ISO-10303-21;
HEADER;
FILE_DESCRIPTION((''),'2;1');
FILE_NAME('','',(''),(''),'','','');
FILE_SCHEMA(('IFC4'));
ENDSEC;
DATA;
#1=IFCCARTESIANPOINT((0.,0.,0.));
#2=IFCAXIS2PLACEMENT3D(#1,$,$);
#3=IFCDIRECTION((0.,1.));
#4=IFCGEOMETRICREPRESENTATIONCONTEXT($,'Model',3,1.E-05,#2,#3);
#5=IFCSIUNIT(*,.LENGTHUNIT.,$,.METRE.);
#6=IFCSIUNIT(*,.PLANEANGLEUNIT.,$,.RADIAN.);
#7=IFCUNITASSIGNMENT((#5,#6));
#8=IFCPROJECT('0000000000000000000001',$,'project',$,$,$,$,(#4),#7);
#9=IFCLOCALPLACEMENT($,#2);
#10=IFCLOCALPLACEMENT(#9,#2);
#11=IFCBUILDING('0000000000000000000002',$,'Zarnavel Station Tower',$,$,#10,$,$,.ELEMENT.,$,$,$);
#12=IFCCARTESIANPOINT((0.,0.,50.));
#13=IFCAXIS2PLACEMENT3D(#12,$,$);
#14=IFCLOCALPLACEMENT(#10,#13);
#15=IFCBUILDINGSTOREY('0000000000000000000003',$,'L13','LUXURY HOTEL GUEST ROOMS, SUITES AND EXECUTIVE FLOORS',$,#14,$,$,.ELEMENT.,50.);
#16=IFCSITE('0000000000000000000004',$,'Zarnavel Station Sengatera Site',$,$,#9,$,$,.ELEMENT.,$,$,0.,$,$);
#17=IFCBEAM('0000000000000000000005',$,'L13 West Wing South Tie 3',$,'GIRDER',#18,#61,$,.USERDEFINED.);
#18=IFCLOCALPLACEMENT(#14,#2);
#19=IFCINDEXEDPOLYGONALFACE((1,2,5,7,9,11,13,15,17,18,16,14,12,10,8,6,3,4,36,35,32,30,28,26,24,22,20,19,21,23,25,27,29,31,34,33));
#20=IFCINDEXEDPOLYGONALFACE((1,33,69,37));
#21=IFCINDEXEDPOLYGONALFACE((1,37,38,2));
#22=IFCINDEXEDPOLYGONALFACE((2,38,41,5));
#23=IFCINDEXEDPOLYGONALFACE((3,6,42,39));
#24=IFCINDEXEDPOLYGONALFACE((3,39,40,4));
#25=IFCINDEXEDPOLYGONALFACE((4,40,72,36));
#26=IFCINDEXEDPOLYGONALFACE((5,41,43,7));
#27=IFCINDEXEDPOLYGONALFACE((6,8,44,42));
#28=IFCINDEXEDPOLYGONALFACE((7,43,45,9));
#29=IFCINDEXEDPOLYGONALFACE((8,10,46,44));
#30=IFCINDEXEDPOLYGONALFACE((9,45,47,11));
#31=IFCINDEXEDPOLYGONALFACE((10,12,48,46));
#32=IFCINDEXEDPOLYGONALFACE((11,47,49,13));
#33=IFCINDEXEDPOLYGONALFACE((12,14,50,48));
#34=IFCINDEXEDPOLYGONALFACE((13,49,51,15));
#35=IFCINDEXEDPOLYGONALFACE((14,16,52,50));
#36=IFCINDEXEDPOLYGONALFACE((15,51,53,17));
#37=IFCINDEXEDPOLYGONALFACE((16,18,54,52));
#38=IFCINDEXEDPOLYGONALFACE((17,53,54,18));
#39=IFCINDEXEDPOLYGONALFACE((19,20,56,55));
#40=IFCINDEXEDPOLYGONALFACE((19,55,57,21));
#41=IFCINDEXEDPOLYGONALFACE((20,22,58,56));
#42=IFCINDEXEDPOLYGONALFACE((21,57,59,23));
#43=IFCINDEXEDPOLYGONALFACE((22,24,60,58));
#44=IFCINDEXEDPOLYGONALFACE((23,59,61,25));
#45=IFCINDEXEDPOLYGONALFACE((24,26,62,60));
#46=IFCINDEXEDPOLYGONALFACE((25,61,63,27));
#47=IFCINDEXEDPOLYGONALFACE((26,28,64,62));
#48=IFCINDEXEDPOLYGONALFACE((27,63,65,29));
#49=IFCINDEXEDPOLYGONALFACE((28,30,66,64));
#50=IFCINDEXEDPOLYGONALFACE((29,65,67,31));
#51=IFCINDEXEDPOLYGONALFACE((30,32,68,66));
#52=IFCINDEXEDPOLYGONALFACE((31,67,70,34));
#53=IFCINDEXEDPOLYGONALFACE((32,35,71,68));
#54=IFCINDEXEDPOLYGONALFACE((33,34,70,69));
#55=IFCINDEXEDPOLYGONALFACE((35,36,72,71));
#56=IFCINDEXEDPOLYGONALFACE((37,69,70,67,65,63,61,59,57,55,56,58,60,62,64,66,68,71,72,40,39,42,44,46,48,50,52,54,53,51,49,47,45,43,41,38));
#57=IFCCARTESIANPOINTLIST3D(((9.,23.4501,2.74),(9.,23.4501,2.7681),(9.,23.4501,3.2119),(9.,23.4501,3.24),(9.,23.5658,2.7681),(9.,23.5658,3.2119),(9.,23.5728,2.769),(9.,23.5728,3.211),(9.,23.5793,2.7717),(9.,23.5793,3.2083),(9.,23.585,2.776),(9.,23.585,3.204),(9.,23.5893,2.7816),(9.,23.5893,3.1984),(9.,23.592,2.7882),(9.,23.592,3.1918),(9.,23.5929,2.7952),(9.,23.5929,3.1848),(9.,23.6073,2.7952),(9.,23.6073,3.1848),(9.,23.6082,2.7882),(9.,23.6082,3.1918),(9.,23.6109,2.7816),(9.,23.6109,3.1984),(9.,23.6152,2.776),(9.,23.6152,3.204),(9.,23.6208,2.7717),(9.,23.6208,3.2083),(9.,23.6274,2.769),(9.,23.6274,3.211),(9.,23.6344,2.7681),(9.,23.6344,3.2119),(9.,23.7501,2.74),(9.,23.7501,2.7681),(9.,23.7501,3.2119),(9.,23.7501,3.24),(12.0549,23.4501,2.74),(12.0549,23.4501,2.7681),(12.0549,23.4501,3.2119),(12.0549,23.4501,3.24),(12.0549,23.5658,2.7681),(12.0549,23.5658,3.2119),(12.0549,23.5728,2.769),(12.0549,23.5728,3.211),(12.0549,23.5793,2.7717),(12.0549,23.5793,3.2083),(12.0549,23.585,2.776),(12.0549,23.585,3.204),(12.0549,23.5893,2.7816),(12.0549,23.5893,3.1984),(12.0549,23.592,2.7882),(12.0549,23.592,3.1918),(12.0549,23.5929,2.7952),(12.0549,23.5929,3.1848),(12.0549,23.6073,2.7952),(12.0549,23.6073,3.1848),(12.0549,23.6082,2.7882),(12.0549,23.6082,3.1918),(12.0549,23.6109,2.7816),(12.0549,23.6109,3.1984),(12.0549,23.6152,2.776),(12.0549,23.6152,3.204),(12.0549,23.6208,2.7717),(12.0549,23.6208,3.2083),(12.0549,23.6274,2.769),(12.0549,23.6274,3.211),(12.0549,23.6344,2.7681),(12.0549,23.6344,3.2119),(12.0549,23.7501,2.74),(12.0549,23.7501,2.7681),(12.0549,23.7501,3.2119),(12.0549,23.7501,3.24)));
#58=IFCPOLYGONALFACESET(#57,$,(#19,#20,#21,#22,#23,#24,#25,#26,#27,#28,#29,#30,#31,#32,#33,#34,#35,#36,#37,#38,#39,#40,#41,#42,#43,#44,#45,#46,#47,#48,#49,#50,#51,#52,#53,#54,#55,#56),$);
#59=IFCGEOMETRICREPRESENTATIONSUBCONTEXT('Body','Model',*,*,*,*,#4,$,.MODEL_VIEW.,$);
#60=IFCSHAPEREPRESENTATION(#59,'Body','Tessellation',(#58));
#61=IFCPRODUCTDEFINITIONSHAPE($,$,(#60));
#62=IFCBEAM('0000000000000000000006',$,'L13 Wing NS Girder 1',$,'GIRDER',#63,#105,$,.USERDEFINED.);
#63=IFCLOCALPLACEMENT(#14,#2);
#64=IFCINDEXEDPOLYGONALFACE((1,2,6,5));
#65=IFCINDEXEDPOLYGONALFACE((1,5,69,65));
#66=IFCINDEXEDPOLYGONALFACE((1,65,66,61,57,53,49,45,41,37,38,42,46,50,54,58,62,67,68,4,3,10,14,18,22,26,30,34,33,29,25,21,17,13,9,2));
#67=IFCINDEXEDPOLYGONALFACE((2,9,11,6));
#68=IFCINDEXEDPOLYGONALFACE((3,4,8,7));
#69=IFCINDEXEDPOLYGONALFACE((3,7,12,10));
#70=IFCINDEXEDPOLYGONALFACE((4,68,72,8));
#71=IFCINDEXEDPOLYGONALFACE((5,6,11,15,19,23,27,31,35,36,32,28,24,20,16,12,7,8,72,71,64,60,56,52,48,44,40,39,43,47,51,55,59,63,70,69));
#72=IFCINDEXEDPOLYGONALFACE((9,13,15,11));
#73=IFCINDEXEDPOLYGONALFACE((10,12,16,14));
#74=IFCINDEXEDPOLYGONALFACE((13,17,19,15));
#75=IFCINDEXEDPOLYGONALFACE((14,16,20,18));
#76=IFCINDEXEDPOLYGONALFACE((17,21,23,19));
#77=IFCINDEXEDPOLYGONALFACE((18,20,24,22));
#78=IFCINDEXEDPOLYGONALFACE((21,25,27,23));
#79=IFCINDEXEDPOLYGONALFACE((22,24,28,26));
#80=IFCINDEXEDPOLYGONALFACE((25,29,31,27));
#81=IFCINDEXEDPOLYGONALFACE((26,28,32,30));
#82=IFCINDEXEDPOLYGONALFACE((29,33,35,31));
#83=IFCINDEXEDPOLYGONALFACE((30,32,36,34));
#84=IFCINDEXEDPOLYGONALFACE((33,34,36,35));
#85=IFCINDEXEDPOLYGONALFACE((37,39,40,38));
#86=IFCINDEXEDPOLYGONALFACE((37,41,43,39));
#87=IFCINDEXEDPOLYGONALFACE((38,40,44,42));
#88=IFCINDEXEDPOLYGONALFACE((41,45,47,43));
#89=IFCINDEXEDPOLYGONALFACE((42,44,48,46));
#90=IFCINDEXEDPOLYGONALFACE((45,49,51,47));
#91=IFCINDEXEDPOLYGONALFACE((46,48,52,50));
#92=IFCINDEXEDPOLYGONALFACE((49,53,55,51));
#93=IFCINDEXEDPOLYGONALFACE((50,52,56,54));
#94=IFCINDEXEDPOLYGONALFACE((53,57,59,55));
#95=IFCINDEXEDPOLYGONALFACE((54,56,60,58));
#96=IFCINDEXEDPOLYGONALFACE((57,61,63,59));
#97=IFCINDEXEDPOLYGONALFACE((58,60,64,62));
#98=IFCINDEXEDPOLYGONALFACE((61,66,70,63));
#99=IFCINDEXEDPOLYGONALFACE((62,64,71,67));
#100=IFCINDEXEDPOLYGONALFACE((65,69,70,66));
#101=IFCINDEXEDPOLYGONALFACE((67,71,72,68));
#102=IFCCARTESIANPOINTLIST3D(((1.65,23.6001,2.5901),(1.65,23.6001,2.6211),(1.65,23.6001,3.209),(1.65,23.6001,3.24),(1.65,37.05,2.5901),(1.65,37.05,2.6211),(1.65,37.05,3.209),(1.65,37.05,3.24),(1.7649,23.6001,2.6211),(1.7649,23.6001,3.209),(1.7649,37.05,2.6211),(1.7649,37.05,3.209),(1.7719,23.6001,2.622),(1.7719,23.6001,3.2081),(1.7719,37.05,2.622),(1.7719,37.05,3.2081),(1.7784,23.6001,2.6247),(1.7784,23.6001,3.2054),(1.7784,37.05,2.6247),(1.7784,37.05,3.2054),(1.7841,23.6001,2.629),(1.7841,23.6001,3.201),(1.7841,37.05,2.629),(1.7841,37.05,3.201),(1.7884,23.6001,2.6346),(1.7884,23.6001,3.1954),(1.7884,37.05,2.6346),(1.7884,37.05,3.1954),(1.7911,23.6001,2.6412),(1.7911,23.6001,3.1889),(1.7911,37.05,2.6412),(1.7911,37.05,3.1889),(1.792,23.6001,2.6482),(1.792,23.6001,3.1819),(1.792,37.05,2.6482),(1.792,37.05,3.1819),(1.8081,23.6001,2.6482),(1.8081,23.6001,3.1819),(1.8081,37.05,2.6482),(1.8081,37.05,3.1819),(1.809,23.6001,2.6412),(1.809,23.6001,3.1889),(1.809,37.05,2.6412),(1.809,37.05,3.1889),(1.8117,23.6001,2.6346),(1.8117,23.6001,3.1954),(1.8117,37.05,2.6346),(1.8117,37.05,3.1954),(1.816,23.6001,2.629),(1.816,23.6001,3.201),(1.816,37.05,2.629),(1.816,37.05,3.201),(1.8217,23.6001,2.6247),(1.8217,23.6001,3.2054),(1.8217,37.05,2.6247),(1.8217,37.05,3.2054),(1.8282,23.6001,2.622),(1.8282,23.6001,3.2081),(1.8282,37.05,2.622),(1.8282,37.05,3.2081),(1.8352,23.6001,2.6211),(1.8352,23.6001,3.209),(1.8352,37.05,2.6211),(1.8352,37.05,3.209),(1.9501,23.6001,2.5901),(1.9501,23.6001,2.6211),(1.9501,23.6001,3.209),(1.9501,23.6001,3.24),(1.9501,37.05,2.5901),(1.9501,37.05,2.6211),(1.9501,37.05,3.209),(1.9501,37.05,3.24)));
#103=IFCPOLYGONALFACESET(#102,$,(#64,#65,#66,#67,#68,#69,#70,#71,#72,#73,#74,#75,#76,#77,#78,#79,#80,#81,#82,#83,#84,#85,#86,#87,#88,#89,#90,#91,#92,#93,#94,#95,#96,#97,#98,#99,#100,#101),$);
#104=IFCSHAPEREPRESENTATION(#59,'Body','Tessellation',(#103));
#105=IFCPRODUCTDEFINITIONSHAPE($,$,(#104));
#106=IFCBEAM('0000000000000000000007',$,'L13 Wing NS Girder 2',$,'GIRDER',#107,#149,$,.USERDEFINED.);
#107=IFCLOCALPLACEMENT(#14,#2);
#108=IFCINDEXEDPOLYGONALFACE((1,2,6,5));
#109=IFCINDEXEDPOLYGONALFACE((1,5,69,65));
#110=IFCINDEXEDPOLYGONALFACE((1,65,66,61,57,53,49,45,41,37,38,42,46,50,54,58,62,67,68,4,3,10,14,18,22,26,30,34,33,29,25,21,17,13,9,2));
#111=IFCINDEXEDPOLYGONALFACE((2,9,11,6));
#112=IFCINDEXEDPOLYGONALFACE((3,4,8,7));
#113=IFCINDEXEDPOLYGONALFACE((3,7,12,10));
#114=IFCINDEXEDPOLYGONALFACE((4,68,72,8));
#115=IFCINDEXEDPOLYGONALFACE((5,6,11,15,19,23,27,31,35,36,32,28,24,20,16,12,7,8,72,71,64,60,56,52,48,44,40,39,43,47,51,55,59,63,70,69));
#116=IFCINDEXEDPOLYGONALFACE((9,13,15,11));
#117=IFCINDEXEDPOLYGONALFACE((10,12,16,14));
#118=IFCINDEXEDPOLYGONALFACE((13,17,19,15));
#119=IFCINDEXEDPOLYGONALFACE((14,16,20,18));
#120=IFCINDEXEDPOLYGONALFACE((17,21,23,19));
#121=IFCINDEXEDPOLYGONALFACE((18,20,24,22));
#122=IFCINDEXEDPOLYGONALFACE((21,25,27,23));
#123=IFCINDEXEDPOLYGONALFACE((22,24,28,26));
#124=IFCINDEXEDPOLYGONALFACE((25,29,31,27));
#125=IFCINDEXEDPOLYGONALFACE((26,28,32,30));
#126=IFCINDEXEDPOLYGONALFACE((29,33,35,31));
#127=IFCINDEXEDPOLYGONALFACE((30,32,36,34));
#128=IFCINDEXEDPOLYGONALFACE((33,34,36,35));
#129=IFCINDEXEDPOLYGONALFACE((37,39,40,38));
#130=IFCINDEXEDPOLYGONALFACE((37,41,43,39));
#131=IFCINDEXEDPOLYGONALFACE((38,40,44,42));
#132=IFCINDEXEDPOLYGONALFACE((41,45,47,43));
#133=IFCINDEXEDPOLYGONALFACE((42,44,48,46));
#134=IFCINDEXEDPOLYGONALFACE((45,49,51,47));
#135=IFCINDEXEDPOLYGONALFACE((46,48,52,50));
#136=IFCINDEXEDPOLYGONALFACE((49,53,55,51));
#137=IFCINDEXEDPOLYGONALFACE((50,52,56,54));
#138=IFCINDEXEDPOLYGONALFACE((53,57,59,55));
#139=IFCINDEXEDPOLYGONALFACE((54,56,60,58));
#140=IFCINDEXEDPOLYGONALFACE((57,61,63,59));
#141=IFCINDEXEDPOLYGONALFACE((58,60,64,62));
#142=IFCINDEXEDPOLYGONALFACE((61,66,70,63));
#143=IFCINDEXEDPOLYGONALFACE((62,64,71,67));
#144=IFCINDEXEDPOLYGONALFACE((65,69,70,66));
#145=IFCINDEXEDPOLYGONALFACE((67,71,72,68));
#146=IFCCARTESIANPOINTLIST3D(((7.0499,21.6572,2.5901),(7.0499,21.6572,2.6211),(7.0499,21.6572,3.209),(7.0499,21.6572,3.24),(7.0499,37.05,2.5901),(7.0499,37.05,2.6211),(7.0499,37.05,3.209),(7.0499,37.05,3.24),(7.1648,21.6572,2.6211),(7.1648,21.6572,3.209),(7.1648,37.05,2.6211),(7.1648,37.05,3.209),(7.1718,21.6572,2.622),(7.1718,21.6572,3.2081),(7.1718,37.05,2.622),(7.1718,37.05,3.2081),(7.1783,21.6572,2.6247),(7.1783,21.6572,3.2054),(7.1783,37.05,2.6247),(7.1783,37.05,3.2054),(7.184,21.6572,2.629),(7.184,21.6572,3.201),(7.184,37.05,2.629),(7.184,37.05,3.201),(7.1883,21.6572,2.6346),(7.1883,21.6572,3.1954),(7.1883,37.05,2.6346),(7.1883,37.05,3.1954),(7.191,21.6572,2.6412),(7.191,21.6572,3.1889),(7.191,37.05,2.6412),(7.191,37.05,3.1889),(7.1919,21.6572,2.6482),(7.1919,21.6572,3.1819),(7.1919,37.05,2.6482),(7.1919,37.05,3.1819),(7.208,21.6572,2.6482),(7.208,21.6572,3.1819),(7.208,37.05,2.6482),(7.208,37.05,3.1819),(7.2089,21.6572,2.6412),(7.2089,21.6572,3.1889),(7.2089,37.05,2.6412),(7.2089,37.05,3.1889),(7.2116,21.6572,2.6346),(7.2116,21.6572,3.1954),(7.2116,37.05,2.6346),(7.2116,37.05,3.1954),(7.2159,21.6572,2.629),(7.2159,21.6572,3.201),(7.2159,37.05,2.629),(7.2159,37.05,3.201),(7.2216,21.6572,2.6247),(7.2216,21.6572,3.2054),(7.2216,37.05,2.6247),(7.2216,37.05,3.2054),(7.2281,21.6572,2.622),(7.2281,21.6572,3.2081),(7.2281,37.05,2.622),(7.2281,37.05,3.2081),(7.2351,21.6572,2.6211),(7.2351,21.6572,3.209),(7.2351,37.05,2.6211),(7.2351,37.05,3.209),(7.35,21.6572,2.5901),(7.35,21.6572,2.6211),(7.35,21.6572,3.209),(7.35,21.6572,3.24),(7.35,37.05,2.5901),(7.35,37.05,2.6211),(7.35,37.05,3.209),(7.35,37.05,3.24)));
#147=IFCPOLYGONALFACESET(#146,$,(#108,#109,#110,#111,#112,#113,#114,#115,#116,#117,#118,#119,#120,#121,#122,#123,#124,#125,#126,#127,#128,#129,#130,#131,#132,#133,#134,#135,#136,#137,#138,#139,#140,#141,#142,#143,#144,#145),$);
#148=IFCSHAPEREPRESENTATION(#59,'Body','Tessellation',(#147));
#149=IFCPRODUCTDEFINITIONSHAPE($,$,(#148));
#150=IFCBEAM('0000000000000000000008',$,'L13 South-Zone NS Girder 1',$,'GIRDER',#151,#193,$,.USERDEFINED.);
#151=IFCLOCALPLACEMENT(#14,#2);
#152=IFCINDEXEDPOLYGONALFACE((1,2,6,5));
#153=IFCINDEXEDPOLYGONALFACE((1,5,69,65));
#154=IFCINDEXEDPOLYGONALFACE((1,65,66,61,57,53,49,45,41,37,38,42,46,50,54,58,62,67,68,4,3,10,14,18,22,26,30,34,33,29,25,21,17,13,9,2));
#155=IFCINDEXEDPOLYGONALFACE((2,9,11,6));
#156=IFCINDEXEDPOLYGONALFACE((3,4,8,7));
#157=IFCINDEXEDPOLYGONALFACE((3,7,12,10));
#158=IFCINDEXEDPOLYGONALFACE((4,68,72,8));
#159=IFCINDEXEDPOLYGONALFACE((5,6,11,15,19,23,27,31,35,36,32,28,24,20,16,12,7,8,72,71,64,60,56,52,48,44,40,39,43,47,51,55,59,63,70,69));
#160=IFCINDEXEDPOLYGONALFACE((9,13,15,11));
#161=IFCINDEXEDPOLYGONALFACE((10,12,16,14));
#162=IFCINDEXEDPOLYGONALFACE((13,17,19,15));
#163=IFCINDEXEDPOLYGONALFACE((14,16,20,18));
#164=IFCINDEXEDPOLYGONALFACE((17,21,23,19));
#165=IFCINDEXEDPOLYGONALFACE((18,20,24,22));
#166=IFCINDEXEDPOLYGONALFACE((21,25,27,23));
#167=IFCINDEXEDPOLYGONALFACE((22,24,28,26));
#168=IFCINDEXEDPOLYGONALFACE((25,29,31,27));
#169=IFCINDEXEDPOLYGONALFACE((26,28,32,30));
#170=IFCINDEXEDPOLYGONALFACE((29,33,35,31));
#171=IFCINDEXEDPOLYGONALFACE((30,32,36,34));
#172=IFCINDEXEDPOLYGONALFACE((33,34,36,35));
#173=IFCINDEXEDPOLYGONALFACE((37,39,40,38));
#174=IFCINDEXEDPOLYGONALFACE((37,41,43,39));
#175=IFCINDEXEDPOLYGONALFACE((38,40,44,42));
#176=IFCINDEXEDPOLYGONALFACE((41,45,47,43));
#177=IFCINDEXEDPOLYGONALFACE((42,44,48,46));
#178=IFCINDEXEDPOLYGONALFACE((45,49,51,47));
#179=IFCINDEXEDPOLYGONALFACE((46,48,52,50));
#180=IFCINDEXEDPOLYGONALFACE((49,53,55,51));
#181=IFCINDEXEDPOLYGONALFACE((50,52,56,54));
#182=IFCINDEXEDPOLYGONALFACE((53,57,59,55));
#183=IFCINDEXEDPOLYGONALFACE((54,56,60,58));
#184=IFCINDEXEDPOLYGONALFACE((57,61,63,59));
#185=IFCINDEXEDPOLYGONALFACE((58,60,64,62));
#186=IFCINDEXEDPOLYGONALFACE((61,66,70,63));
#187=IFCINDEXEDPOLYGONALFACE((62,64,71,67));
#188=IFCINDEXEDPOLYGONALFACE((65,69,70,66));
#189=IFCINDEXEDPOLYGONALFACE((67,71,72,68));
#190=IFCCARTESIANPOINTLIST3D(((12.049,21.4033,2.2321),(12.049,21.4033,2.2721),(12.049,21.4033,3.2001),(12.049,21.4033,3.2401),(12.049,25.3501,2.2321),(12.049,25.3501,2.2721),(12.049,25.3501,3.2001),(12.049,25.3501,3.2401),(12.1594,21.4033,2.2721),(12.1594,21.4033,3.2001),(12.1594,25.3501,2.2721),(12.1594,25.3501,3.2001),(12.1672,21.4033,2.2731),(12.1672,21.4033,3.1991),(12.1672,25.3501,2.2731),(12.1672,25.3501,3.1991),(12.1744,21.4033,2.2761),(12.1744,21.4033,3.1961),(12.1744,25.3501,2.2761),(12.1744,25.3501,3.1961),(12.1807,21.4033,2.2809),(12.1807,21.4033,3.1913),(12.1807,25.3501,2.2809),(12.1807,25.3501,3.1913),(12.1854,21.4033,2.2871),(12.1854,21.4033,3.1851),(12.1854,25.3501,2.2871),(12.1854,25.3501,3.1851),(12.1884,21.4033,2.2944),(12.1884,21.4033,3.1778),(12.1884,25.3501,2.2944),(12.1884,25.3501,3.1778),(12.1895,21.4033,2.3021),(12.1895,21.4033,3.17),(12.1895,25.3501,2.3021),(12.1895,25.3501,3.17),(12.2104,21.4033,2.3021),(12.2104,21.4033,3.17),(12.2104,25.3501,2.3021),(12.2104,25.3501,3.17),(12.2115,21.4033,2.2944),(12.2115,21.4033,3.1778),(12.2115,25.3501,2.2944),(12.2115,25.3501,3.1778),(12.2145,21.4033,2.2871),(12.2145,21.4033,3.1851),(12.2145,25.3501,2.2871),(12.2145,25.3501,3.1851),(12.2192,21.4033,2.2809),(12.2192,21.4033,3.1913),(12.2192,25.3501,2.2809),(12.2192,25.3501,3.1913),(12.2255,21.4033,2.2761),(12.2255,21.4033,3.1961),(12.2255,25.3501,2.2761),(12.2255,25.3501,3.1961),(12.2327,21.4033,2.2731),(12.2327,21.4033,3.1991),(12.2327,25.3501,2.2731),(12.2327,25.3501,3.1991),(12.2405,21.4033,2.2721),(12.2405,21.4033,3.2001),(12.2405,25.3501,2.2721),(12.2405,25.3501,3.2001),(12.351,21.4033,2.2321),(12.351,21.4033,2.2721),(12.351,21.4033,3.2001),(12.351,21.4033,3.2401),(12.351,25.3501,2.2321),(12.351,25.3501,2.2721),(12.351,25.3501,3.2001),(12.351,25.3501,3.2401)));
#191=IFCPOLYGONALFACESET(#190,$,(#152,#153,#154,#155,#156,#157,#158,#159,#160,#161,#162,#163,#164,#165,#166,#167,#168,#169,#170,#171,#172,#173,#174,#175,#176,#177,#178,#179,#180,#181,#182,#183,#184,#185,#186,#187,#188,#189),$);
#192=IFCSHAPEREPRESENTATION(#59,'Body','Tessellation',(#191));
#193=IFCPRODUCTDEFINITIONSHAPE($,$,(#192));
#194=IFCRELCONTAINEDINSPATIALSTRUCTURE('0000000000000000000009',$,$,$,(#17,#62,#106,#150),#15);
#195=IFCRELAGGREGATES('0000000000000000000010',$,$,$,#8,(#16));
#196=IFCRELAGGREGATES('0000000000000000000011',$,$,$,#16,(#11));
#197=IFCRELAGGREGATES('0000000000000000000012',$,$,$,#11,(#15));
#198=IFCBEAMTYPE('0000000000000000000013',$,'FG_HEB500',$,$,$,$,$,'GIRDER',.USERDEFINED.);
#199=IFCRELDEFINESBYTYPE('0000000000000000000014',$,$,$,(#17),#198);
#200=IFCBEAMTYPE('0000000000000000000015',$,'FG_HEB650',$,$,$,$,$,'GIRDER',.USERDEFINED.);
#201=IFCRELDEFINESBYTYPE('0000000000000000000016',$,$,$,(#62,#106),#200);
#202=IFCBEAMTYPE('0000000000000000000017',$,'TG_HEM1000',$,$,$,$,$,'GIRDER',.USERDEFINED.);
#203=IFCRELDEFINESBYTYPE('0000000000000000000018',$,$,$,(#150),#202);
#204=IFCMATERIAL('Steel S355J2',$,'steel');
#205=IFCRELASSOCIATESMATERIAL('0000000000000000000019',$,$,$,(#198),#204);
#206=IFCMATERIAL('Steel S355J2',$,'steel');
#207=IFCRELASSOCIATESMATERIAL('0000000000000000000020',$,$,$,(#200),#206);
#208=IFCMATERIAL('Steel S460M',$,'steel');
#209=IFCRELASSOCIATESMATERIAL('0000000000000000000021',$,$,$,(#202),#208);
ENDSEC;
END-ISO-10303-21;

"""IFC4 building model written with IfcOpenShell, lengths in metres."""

from ifc_helpers import new_model, si_unit, direction, frame, origin, origin_2d, place, context, subcontext, project, spatial, i_section, extrude, material, material_profile, profile_set, type_object, element, save


model = new_model("IFC4")

# Units and contexts
model_context = context("Model", 3, precision=1e-05, world=origin(), true_north=direction((0.0, 1.0)))
body_context = subcontext(model_context, "Body", "Model", "MODEL_VIEW")
ifc_project = project(units=[si_unit("LENGTHUNIT", "METRE"), si_unit("PLANEANGLEUNIT", "RADIAN")], contexts=[model_context])

# Site, building, storey
site_placement = place(None, origin())
site = spatial("IfcSite", under=ifc_project, at=site_placement, Name="Zarnavel Station Sengatera Site", CompositionType="ELEMENT", RefElevation=0.0)
building_placement = place(site_placement, origin())
building = spatial("IfcBuilding", under=site, at=building_placement, Name="Zarnavel Station Tower", CompositionType="ELEMENT")
storey_placement = place(building_placement, frame((0.0, 0.0, 50.0)))
storey = spatial("IfcBuildingStorey", under=building, at=storey_placement, Name="L13", Description="LUXURY HOTEL GUEST ROOMS, SUITES AND EXECUTIVE FLOORS", CompositionType="ELEMENT", Elevation=50.0)

# Beams
ifc_material_1 = material(Name="Steel S355J2", Category="steel")
ifc_material_profile_1 = material_profile(ifc_material_1, i_section(OverallWidth=0.3, OverallDepth=0.5, WebThickness=0.0144, FlangeThickness=0.0281, FilletRadius=0.0271, at=origin_2d()), Name="HEB500")
ifc_profile_set_1 = profile_set([ifc_material_profile_1], Name="Steel S355J2")
beam_type_1 = type_object("IfcBeamType", Name="FG_HEB500", ElementType="GIRDER", PredefinedType="USERDEFINED", material=ifc_profile_set_1)
beam_1_placement = place(storey_placement, frame((9.0, 23.6001, 2.99), z_axis=(1.0, 0.0, 0.0), x_axis=(0.0, 1.0, 0.0)))
element("IfcBeam", 1, at=beam_1_placement, inside=storey, type_object=beam_type_1, Name="L13 West Wing South Tie 3", ObjectType="GIRDER", PredefinedType="USERDEFINED", context=body_context, shape_type="SweptSolid", body=[
    extrude(i_section(OverallWidth=0.3, OverallDepth=0.5, WebThickness=0.0144, FlangeThickness=0.0281, FilletRadius=0.0271, at=origin_2d()), origin(), (0.0, 0.0, 1.0), 3.0549),
])
ifc_material_2 = material(Name="Steel S355J2", Category="steel")
ifc_material_profile_2 = material_profile(ifc_material_2, i_section(OverallWidth=0.3, OverallDepth=0.6499, WebThickness=0.0161, FlangeThickness=0.031, FilletRadius=0.0271, at=origin_2d()), Name="HEB650")
ifc_profile_set_2 = profile_set([ifc_material_profile_2], Name="Steel S355J2")
beam_type_2 = type_object("IfcBeamType", Name="FG_HEB650", ElementType="GIRDER", PredefinedType="USERDEFINED", material=ifc_profile_set_2)
beam_2_placement = place(storey_placement, frame((1.8, 23.6001, 2.915), z_axis=(0.0, 1.0, 0.0), x_axis=(-1.0, 0.0, 0.0)))
element("IfcBeam", 2, at=beam_2_placement, inside=storey, type_object=beam_type_2, Name="L13 Wing NS Girder 1", ObjectType="GIRDER", PredefinedType="USERDEFINED", context=body_context, shape_type="SweptSolid", body=[
    extrude(i_section(OverallWidth=0.3, OverallDepth=0.6499, WebThickness=0.0161, FlangeThickness=0.031, FilletRadius=0.0271, at=origin_2d()), origin(), (0.0, 0.0, 1.0), 13.45),
])
beam_3_placement = place(storey_placement, frame((7.2, 21.6572, 2.915), z_axis=(0.0, 1.0, 0.0), x_axis=(-1.0, 0.0, 0.0)))
element("IfcBeam", 3, at=beam_3_placement, inside=storey, type_object=beam_type_2, Name="L13 Wing NS Girder 2", ObjectType="GIRDER", PredefinedType="USERDEFINED", context=body_context, shape_type="SweptSolid", body=[
    extrude(i_section(OverallWidth=0.3, OverallDepth=0.6499, WebThickness=0.0161, FlangeThickness=0.031, FilletRadius=0.0271, at=origin_2d()), origin(), (0.0, 0.0, 1.0), 15.3928),
])
ifc_material_3 = material(Name="Steel S460M", Category="steel")
ifc_material_profile_3 = material_profile(ifc_material_3, i_section(OverallWidth=0.302, OverallDepth=1.0081, WebThickness=0.021, FlangeThickness=0.04, FilletRadius=0.03, at=origin_2d()), Name="HEM1000")
ifc_profile_set_3 = profile_set([ifc_material_profile_3], Name="Steel S460M")
beam_type_3 = type_object("IfcBeamType", Name="TG_HEM1000", ElementType="GIRDER", PredefinedType="USERDEFINED", material=ifc_profile_set_3)
beam_4_placement = place(storey_placement, frame((12.2, 21.4033, 2.7361), z_axis=(0.0, 1.0, 0.0), x_axis=(-1.0, 0.0, 0.0)))
element("IfcBeam", 4, at=beam_4_placement, inside=storey, type_object=beam_type_3, Name="L13 South-Zone NS Girder 1", ObjectType="GIRDER", PredefinedType="USERDEFINED", context=body_context, shape_type="SweptSolid", body=[
    extrude(i_section(OverallWidth=0.302, OverallDepth=1.0081, WebThickness=0.021, FlangeThickness=0.04, FilletRadius=0.03, at=origin_2d()), origin(), (0.0, 0.0, 1.0), 3.9468),
])

save(model, "model.ifc")
